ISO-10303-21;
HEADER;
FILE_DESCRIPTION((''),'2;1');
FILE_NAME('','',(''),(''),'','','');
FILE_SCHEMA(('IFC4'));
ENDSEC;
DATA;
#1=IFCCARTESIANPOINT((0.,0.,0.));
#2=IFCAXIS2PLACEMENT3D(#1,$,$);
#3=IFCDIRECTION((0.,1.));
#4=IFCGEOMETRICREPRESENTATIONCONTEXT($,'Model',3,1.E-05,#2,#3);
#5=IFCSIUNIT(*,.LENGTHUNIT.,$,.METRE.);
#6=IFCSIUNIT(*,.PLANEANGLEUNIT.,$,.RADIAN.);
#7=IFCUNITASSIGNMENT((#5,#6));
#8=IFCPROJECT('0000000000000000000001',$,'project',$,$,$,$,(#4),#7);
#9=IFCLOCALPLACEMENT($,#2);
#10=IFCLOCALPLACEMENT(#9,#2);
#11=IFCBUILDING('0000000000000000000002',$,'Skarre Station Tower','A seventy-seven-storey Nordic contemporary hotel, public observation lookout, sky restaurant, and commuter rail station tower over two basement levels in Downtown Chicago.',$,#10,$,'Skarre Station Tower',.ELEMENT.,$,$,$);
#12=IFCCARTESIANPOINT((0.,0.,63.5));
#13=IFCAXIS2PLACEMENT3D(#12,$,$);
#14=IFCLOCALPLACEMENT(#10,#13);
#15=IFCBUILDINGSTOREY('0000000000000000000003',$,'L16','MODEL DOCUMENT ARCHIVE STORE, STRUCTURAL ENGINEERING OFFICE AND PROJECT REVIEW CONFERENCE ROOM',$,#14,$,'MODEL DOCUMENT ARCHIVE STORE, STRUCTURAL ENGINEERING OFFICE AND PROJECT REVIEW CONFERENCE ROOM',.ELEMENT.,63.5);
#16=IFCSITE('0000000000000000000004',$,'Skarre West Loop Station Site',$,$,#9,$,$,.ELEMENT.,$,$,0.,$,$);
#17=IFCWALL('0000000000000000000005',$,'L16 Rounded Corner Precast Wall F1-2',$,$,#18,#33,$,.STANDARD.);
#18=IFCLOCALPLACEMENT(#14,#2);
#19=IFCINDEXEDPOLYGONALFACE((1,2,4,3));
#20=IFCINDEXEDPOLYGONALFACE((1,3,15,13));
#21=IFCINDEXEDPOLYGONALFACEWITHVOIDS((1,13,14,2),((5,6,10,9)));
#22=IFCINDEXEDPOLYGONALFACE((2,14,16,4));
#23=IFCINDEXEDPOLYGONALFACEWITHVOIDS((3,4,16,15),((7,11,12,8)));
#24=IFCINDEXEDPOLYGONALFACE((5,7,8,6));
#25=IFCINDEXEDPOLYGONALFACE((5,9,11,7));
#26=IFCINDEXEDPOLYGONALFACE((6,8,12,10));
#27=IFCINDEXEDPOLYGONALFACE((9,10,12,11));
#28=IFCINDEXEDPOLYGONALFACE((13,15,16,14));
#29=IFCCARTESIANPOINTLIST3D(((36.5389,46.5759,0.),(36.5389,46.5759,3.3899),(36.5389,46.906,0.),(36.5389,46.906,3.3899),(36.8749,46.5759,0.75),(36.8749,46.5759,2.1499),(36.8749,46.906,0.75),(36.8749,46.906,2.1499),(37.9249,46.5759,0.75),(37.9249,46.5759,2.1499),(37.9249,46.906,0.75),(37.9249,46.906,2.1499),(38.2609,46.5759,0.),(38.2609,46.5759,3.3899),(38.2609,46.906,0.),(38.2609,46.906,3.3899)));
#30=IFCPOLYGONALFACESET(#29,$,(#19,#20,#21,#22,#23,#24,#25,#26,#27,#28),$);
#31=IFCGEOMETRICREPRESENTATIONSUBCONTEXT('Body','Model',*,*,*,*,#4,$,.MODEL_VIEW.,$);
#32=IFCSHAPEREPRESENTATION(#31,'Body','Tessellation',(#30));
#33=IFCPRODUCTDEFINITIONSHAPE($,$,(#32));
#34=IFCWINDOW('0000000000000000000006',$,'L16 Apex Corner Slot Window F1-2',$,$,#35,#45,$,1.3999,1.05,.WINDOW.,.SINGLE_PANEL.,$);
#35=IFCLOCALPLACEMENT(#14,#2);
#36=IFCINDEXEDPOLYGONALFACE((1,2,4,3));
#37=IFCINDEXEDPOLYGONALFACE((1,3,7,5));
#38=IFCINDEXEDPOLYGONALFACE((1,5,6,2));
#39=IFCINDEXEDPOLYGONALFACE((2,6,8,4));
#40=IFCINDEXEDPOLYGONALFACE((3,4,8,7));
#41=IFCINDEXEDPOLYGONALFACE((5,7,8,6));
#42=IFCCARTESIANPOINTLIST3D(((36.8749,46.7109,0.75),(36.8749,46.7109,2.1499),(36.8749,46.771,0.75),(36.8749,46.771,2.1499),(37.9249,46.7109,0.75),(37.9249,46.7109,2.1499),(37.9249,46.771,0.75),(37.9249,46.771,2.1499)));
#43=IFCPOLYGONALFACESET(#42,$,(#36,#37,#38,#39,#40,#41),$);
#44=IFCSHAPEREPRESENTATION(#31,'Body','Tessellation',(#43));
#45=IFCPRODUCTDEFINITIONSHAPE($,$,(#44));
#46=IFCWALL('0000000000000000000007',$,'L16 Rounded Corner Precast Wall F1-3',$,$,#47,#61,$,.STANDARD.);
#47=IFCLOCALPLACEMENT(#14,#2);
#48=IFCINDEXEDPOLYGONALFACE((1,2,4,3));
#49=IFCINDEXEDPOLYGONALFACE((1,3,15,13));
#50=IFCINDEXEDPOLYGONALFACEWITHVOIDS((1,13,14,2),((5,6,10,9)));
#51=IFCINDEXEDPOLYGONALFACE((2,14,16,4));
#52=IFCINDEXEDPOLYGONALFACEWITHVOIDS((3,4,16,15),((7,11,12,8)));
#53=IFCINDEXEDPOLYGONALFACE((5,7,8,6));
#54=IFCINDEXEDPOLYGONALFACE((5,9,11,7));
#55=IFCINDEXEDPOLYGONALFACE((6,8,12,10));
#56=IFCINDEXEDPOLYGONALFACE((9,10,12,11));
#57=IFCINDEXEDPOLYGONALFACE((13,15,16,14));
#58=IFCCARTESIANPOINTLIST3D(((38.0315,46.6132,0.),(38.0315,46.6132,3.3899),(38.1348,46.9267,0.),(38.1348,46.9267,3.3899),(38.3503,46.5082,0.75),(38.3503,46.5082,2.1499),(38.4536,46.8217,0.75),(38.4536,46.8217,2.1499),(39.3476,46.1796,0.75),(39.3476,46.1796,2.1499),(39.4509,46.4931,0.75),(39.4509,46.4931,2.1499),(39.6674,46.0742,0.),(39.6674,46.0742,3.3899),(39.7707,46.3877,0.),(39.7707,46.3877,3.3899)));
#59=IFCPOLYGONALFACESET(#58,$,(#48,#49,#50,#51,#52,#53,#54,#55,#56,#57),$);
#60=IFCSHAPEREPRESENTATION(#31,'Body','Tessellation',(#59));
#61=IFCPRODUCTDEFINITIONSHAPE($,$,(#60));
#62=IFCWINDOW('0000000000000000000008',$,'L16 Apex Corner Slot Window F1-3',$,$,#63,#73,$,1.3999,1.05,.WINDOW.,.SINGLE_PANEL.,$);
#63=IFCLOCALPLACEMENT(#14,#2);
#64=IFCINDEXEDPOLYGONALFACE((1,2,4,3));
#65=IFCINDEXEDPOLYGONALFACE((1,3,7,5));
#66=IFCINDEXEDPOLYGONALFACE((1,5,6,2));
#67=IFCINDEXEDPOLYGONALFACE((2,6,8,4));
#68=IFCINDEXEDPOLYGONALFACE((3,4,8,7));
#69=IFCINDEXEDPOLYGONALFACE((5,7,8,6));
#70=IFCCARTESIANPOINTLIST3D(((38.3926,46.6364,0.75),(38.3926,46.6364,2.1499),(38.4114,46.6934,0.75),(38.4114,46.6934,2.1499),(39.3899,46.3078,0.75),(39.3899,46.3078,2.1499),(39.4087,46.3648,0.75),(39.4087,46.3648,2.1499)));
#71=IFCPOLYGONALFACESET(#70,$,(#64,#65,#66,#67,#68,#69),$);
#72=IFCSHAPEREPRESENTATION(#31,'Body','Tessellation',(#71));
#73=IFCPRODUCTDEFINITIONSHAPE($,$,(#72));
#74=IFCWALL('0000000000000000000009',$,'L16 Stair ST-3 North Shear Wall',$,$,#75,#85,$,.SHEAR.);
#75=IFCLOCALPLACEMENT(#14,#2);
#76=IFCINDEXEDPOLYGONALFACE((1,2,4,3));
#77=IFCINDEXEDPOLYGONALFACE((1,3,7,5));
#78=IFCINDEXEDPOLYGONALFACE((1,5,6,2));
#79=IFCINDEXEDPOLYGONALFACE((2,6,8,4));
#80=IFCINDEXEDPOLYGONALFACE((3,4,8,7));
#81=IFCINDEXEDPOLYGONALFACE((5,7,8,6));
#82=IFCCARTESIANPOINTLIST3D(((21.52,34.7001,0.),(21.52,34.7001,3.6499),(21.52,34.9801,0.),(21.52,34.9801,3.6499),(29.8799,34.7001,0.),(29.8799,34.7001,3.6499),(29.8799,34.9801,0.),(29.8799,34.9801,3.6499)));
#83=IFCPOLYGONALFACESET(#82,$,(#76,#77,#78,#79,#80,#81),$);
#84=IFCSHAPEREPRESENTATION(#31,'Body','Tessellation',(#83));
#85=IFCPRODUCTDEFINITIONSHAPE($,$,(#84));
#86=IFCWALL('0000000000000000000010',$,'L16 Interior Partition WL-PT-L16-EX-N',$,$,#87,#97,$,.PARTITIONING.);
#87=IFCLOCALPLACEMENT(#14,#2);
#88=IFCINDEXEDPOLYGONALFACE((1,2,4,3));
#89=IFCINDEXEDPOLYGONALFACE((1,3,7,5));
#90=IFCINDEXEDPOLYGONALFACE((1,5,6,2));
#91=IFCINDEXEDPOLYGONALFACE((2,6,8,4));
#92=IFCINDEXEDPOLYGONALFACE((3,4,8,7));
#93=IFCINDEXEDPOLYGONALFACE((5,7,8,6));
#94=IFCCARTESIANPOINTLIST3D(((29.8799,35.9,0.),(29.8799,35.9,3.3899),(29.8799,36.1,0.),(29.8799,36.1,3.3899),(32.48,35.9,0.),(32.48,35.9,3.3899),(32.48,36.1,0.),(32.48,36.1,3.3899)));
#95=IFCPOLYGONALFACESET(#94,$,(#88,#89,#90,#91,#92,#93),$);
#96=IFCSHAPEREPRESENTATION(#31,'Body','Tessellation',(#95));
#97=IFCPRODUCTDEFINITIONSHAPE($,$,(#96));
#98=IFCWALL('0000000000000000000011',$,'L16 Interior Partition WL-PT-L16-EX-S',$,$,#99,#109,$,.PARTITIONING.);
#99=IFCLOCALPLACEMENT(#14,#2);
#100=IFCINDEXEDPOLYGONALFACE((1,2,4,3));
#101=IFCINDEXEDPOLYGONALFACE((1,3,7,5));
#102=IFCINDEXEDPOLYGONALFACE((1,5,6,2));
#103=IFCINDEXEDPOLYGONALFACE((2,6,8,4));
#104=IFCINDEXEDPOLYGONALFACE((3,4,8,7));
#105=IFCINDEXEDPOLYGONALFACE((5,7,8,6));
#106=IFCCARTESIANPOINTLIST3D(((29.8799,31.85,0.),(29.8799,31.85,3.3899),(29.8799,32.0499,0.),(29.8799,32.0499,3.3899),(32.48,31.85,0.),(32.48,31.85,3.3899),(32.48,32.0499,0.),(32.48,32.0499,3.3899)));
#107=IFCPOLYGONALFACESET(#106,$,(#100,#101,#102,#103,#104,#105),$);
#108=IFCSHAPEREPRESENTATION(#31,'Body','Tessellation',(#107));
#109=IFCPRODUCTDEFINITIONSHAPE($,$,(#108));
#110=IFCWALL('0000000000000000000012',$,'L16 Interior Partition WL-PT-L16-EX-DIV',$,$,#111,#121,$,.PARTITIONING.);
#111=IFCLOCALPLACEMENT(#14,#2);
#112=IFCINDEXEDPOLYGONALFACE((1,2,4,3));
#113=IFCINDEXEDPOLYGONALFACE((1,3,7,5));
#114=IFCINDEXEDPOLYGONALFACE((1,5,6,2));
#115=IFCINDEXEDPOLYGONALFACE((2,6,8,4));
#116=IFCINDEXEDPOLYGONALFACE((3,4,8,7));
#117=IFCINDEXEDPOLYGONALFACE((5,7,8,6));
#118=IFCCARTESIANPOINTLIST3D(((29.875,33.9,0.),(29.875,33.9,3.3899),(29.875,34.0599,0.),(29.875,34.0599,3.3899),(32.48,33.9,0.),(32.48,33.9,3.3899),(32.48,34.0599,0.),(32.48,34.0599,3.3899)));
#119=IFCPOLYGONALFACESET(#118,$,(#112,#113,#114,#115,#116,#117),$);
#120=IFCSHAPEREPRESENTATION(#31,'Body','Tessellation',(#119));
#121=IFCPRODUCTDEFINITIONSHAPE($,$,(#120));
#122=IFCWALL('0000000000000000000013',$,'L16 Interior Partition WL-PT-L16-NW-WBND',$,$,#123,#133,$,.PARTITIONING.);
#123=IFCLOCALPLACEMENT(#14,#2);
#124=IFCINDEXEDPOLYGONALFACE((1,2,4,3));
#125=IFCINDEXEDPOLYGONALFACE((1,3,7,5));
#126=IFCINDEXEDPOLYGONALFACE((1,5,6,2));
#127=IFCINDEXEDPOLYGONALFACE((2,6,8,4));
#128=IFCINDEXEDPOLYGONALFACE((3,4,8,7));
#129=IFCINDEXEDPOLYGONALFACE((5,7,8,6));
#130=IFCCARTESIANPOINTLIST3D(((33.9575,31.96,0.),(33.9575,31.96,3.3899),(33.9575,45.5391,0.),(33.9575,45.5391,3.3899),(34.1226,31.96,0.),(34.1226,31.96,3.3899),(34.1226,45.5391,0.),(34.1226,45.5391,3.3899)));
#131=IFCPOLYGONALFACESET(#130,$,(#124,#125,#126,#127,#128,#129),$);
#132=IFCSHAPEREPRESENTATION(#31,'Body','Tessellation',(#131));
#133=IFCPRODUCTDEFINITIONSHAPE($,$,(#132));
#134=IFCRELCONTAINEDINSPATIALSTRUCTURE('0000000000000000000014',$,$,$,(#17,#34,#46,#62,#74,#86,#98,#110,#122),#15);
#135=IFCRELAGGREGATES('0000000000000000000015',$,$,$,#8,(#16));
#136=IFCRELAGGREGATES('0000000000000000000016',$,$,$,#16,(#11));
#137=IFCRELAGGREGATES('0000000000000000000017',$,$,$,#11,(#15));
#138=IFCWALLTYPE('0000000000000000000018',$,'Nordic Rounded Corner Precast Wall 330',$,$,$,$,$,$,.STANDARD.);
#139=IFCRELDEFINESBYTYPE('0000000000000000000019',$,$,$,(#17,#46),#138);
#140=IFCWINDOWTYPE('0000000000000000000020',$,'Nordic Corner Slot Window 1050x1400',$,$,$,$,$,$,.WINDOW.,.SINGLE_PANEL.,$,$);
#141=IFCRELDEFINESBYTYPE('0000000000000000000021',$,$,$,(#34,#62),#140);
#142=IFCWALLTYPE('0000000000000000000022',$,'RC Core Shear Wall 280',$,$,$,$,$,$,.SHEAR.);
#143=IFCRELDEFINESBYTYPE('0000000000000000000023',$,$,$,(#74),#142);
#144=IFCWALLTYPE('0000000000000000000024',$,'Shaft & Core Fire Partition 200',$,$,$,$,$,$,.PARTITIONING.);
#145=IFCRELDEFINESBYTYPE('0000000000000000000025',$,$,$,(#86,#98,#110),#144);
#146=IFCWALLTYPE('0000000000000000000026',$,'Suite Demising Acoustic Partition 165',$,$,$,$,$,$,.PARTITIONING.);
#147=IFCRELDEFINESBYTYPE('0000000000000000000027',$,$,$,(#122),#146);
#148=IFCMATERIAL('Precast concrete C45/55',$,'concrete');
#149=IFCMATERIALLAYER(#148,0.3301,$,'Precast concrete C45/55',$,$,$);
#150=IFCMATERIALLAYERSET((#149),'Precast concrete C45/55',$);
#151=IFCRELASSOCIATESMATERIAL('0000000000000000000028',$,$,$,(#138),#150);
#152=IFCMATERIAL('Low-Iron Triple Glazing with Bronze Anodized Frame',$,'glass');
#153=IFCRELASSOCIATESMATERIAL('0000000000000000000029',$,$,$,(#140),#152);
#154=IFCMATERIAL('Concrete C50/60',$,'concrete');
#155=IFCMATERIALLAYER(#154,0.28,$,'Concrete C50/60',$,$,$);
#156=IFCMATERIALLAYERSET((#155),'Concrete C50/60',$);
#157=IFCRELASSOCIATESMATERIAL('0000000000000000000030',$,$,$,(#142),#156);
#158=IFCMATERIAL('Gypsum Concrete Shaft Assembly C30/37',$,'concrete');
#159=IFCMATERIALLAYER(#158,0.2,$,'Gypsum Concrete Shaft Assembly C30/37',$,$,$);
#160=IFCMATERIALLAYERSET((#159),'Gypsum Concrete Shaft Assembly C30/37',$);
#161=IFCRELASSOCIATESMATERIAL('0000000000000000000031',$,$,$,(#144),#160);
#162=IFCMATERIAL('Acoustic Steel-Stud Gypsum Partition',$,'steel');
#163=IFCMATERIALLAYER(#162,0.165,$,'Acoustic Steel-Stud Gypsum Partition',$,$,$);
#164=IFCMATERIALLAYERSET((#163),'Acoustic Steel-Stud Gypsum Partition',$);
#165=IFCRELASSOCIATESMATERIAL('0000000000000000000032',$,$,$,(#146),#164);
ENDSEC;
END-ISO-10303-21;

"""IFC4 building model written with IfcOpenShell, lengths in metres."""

from ifc_helpers import new_model, si_unit, direction, frame, frame_2d, origin, place, context, subcontext, project, spatial, rectangle, extrude, material, layer, layer_set, type_object, element, fill, save


model = new_model("IFC4")

# Units and contexts
model_context = context("Model", 3, precision=1e-05, world=origin(), true_north=direction((0.0, 1.0)))
body_context = subcontext(model_context, "Body", "Model", "MODEL_VIEW")
ifc_project = project(units=[si_unit("LENGTHUNIT", "METRE"), si_unit("PLANEANGLEUNIT", "RADIAN")], contexts=[model_context])

# Site, building, storey
site_placement = place(None, origin())
site = spatial("IfcSite", under=ifc_project, at=site_placement, Name="Skarre West Loop Station Site", CompositionType="ELEMENT", RefElevation=0.0)
building_placement = place(site_placement, origin())
building = spatial("IfcBuilding", under=site, at=building_placement, Name="Skarre Station Tower", Description="A seventy-seven-storey Nordic contemporary hotel, public observation lookout, sky restaurant, and commuter rail station tower over two basement levels in Downtown Chicago.", LongName="Skarre Station Tower", CompositionType="ELEMENT")
storey_placement = place(building_placement, frame((0.0, 0.0, 63.5)))
storey = spatial("IfcBuildingStorey", under=building, at=storey_placement, Name="L16", Description="MODEL DOCUMENT ARCHIVE STORE, STRUCTURAL ENGINEERING OFFICE AND PROJECT REVIEW CONFERENCE ROOM", LongName="MODEL DOCUMENT ARCHIVE STORE, STRUCTURAL ENGINEERING OFFICE AND PROJECT REVIEW CONFERENCE ROOM", CompositionType="ELEMENT", Elevation=63.5)

# Shared definitions
ifc_material_1 = material(Name="Acoustic Steel-Stud Gypsum Partition", Category="steel")

# Shared definitions
ifc_material_2 = material(Name="Precast concrete C45/55", Category="concrete")
ifc_material_3 = material(Name="Low-Iron Triple Glazing with Bronze Anodized Frame", Category="glass")

# Shared definitions
ifc_layer_1 = layer(ifc_material_2, 0.3301, Name="Precast concrete C45/55")
ifc_layer_set_1 = layer_set([ifc_layer_1], Name="Precast concrete C45/55")
wall_type_1 = type_object("IfcWallType", Name="Nordic Rounded Corner Precast Wall 330", PredefinedType="STANDARD", material=ifc_layer_set_1)

# Walls, openings, windows
wall_1_placement = place(storey_placement, frame((36.5391, 46.741, 0.0), z_axis=(0.0, 0.0, 1.0), x_axis=(1.0, 0.0, 0.0)))
wall_1 = element("IfcWall", 1, at=wall_1_placement, inside=storey, type_object=wall_type_1, Name="L16 Rounded Corner Precast Wall F1-2", PredefinedType="STANDARD", context=body_context, shape_type="SweptSolid", body=[
    extrude(rectangle(XDim=1.7219, YDim=0.3301, at=frame_2d((0.8608, 0.0))), origin(), (0.0, 0.0, 1.0), 3.3899),
])
opening_1_placement = place(wall_1_placement, frame((0.3359, 0.0, 0.75)))
opening_1 = element("IfcOpeningElement", 2, at=opening_1_placement, cuts=wall_1, PredefinedType="OPENING", context=body_context, shape_type="SweptSolid", body=[
    extrude(rectangle(XDim=1.05, YDim=1.3999, at=frame_2d((0.5249, 0.7))), frame((0.0, 0.175, 0.0), z_axis=(0.0, -1.0, 0.0), x_axis=(1.0, 0.0, 0.0)), (0.0, 0.0, 1.0), 0.3501),
])
window_type_1 = type_object("IfcWindowType", Name="Nordic Corner Slot Window 1050x1400", PartitioningType="SINGLE_PANEL", PredefinedType="WINDOW", material=ifc_material_3)
window_1_placement = place(opening_1_placement, origin())
window_1 = element("IfcWindow", 3, at=window_1_placement, inside=storey, type_object=window_type_1, Name="L16 Apex Corner Slot Window F1-2", OverallHeight=1.3999, OverallWidth=1.05, PartitioningType="SINGLE_PANEL", PredefinedType="WINDOW", context=body_context, shape_type="SweptSolid", body=[
    extrude(rectangle(XDim=1.05, YDim=1.3999, at=frame_2d((0.5249, 0.7))), frame((0.0, 0.03, 0.0), z_axis=(0.0, -1.0, 0.0), x_axis=(1.0, 0.0, 0.0)), (0.0, 0.0, 1.0), 0.0601),
])
fill(opening_1, window_1)
wall_2_placement = place(storey_placement, frame((38.083, 46.77, 0.0), z_axis=(0.0, 0.0, 1.0), x_axis=(0.949769, -0.312952, 0.0)))
wall_2 = element("IfcWall", 4, at=wall_2_placement, inside=storey, type_object=wall_type_1, Name="L16 Rounded Corner Precast Wall F1-3", PredefinedType="STANDARD", context=body_context, shape_type="SweptSolid", body=[
    extrude(rectangle(XDim=1.7224, YDim=0.3301, at=frame_2d((0.8613, 0.0))), origin(), (0.0, 0.0, 1.0), 3.3899),
])
opening_2_placement = place(wall_2_placement, frame((0.3359, 0.0, 0.75)))
opening_2 = element("IfcOpeningElement", 5, at=opening_2_placement, cuts=wall_2, PredefinedType="OPENING", context=body_context, shape_type="SweptSolid", body=[
    extrude(rectangle(XDim=1.05, YDim=1.3999, at=frame_2d((0.5249, 0.7))), frame((0.0, 0.175, 0.0), z_axis=(0.0, -1.0, 0.0), x_axis=(1.0, 0.0, 0.0)), (0.0, 0.0, 1.0), 0.3501),
])
window_2_placement = place(opening_2_placement, origin())
window_2 = element("IfcWindow", 6, at=window_2_placement, inside=storey, type_object=window_type_1, Name="L16 Apex Corner Slot Window F1-3", OverallHeight=1.3999, OverallWidth=1.05, PartitioningType="SINGLE_PANEL", PredefinedType="WINDOW", context=body_context, shape_type="SweptSolid", body=[
    extrude(rectangle(XDim=1.05, YDim=1.3999, at=frame_2d((0.5249, 0.7))), frame((0.0, 0.03, 0.0), z_axis=(0.0, -1.0, 0.0), x_axis=(1.0, 0.0, 0.0)), (0.0, 0.0, 1.0), 0.0601),
])
fill(opening_2, window_2)

# Walls
ifc_material_4 = material(Name="Concrete C50/60", Category="concrete")
ifc_layer_2 = layer(ifc_material_4, 0.28, Name="Concrete C50/60")
ifc_layer_set_2 = layer_set([ifc_layer_2], Name="Concrete C50/60")
wall_type_2 = type_object("IfcWallType", Name="RC Core Shear Wall 280", PredefinedType="SHEAR", material=ifc_layer_set_2)
wall_3_placement = place(storey_placement, frame((29.8799, 34.8401, 0.0), z_axis=(0.0, 0.0, 1.0), x_axis=(-1.0, 0.0, 0.0)))
element("IfcWall", 7, at=wall_3_placement, inside=storey, type_object=wall_type_2, Name="L16 Stair ST-3 North Shear Wall", PredefinedType="SHEAR", context=body_context, shape_type="SweptSolid", body=[
    extrude(rectangle(XDim=8.3599, YDim=0.28, at=frame_2d((4.1799, 0.0))), origin(), (0.0, 0.0, 1.0), 3.6499),
])
ifc_material_5 = material(Name="Gypsum Concrete Shaft Assembly C30/37", Category="concrete")
ifc_layer_3 = layer(ifc_material_5, 0.2, Name="Gypsum Concrete Shaft Assembly C30/37")
ifc_layer_set_3 = layer_set([ifc_layer_3], Name="Gypsum Concrete Shaft Assembly C30/37")
wall_type_3 = type_object("IfcWallType", Name="Shaft & Core Fire Partition 200", PredefinedType="PARTITIONING", material=ifc_layer_set_3)
for number, where, z_axis, x_axis, name in (
    (8, (29.8799, 36.0, 0.0), (0.0, 0.0, 1.0), (1.0, 0.0, 0.0), "L16 Interior Partition WL-PT-L16-EX-N"),
    (9, (32.48, 31.95, 0.0), (0.0, 0.0, 1.0), (-1.0, 0.0, 0.0), "L16 Interior Partition WL-PT-L16-EX-S"),
):
    element("IfcWall", number, at=place(storey_placement, frame(where, z_axis=z_axis, x_axis=x_axis)), inside=storey, type_object=wall_type_3, Name=name, PredefinedType="PARTITIONING", context=body_context, shape_type="SweptSolid", body=[
        extrude(rectangle(XDim=2.6001, YDim=0.2, at=frame_2d((1.3, 0.0))), origin(), (0.0, 0.0, 1.0), 3.3899),
    ])
wall_4_placement = place(storey_placement, frame((29.875, 33.98, 0.0), z_axis=(0.0, 0.0, 1.0), x_axis=(1.0, 0.0, 0.0)))
element("IfcWall", 10, at=wall_4_placement, inside=storey, type_object=wall_type_3, Name="L16 Interior Partition WL-PT-L16-EX-DIV", PredefinedType="PARTITIONING", context=body_context, shape_type="SweptSolid", body=[
    extrude(rectangle(XDim=2.605, YDim=0.1599, at=frame_2d((1.3025, 0.0))), origin(), (0.0, 0.0, 1.0), 3.3899),
])
ifc_layer_4 = layer(ifc_material_1, 0.165, Name="Acoustic Steel-Stud Gypsum Partition")
ifc_layer_set_4 = layer_set([ifc_layer_4], Name="Acoustic Steel-Stud Gypsum Partition")
wall_type_4 = type_object("IfcWallType", Name="Suite Demising Acoustic Partition 165", PredefinedType="PARTITIONING", material=ifc_layer_set_4)
wall_5_placement = place(storey_placement, frame((34.04, 31.96, 0.0), z_axis=(0.0, 0.0, 1.0), x_axis=(0.0, 1.0, 0.0)))
element("IfcWall", 11, at=wall_5_placement, inside=storey, type_object=wall_type_4, Name="L16 Interior Partition WL-PT-L16-NW-WBND", PredefinedType="PARTITIONING", context=body_context, shape_type="SweptSolid", body=[
    extrude(rectangle(XDim=13.5791, YDim=0.165, at=frame_2d((6.7896, 0.0))), origin(), (0.0, 0.0, 1.0), 3.3899),
])

save(model, "model.ifc")
